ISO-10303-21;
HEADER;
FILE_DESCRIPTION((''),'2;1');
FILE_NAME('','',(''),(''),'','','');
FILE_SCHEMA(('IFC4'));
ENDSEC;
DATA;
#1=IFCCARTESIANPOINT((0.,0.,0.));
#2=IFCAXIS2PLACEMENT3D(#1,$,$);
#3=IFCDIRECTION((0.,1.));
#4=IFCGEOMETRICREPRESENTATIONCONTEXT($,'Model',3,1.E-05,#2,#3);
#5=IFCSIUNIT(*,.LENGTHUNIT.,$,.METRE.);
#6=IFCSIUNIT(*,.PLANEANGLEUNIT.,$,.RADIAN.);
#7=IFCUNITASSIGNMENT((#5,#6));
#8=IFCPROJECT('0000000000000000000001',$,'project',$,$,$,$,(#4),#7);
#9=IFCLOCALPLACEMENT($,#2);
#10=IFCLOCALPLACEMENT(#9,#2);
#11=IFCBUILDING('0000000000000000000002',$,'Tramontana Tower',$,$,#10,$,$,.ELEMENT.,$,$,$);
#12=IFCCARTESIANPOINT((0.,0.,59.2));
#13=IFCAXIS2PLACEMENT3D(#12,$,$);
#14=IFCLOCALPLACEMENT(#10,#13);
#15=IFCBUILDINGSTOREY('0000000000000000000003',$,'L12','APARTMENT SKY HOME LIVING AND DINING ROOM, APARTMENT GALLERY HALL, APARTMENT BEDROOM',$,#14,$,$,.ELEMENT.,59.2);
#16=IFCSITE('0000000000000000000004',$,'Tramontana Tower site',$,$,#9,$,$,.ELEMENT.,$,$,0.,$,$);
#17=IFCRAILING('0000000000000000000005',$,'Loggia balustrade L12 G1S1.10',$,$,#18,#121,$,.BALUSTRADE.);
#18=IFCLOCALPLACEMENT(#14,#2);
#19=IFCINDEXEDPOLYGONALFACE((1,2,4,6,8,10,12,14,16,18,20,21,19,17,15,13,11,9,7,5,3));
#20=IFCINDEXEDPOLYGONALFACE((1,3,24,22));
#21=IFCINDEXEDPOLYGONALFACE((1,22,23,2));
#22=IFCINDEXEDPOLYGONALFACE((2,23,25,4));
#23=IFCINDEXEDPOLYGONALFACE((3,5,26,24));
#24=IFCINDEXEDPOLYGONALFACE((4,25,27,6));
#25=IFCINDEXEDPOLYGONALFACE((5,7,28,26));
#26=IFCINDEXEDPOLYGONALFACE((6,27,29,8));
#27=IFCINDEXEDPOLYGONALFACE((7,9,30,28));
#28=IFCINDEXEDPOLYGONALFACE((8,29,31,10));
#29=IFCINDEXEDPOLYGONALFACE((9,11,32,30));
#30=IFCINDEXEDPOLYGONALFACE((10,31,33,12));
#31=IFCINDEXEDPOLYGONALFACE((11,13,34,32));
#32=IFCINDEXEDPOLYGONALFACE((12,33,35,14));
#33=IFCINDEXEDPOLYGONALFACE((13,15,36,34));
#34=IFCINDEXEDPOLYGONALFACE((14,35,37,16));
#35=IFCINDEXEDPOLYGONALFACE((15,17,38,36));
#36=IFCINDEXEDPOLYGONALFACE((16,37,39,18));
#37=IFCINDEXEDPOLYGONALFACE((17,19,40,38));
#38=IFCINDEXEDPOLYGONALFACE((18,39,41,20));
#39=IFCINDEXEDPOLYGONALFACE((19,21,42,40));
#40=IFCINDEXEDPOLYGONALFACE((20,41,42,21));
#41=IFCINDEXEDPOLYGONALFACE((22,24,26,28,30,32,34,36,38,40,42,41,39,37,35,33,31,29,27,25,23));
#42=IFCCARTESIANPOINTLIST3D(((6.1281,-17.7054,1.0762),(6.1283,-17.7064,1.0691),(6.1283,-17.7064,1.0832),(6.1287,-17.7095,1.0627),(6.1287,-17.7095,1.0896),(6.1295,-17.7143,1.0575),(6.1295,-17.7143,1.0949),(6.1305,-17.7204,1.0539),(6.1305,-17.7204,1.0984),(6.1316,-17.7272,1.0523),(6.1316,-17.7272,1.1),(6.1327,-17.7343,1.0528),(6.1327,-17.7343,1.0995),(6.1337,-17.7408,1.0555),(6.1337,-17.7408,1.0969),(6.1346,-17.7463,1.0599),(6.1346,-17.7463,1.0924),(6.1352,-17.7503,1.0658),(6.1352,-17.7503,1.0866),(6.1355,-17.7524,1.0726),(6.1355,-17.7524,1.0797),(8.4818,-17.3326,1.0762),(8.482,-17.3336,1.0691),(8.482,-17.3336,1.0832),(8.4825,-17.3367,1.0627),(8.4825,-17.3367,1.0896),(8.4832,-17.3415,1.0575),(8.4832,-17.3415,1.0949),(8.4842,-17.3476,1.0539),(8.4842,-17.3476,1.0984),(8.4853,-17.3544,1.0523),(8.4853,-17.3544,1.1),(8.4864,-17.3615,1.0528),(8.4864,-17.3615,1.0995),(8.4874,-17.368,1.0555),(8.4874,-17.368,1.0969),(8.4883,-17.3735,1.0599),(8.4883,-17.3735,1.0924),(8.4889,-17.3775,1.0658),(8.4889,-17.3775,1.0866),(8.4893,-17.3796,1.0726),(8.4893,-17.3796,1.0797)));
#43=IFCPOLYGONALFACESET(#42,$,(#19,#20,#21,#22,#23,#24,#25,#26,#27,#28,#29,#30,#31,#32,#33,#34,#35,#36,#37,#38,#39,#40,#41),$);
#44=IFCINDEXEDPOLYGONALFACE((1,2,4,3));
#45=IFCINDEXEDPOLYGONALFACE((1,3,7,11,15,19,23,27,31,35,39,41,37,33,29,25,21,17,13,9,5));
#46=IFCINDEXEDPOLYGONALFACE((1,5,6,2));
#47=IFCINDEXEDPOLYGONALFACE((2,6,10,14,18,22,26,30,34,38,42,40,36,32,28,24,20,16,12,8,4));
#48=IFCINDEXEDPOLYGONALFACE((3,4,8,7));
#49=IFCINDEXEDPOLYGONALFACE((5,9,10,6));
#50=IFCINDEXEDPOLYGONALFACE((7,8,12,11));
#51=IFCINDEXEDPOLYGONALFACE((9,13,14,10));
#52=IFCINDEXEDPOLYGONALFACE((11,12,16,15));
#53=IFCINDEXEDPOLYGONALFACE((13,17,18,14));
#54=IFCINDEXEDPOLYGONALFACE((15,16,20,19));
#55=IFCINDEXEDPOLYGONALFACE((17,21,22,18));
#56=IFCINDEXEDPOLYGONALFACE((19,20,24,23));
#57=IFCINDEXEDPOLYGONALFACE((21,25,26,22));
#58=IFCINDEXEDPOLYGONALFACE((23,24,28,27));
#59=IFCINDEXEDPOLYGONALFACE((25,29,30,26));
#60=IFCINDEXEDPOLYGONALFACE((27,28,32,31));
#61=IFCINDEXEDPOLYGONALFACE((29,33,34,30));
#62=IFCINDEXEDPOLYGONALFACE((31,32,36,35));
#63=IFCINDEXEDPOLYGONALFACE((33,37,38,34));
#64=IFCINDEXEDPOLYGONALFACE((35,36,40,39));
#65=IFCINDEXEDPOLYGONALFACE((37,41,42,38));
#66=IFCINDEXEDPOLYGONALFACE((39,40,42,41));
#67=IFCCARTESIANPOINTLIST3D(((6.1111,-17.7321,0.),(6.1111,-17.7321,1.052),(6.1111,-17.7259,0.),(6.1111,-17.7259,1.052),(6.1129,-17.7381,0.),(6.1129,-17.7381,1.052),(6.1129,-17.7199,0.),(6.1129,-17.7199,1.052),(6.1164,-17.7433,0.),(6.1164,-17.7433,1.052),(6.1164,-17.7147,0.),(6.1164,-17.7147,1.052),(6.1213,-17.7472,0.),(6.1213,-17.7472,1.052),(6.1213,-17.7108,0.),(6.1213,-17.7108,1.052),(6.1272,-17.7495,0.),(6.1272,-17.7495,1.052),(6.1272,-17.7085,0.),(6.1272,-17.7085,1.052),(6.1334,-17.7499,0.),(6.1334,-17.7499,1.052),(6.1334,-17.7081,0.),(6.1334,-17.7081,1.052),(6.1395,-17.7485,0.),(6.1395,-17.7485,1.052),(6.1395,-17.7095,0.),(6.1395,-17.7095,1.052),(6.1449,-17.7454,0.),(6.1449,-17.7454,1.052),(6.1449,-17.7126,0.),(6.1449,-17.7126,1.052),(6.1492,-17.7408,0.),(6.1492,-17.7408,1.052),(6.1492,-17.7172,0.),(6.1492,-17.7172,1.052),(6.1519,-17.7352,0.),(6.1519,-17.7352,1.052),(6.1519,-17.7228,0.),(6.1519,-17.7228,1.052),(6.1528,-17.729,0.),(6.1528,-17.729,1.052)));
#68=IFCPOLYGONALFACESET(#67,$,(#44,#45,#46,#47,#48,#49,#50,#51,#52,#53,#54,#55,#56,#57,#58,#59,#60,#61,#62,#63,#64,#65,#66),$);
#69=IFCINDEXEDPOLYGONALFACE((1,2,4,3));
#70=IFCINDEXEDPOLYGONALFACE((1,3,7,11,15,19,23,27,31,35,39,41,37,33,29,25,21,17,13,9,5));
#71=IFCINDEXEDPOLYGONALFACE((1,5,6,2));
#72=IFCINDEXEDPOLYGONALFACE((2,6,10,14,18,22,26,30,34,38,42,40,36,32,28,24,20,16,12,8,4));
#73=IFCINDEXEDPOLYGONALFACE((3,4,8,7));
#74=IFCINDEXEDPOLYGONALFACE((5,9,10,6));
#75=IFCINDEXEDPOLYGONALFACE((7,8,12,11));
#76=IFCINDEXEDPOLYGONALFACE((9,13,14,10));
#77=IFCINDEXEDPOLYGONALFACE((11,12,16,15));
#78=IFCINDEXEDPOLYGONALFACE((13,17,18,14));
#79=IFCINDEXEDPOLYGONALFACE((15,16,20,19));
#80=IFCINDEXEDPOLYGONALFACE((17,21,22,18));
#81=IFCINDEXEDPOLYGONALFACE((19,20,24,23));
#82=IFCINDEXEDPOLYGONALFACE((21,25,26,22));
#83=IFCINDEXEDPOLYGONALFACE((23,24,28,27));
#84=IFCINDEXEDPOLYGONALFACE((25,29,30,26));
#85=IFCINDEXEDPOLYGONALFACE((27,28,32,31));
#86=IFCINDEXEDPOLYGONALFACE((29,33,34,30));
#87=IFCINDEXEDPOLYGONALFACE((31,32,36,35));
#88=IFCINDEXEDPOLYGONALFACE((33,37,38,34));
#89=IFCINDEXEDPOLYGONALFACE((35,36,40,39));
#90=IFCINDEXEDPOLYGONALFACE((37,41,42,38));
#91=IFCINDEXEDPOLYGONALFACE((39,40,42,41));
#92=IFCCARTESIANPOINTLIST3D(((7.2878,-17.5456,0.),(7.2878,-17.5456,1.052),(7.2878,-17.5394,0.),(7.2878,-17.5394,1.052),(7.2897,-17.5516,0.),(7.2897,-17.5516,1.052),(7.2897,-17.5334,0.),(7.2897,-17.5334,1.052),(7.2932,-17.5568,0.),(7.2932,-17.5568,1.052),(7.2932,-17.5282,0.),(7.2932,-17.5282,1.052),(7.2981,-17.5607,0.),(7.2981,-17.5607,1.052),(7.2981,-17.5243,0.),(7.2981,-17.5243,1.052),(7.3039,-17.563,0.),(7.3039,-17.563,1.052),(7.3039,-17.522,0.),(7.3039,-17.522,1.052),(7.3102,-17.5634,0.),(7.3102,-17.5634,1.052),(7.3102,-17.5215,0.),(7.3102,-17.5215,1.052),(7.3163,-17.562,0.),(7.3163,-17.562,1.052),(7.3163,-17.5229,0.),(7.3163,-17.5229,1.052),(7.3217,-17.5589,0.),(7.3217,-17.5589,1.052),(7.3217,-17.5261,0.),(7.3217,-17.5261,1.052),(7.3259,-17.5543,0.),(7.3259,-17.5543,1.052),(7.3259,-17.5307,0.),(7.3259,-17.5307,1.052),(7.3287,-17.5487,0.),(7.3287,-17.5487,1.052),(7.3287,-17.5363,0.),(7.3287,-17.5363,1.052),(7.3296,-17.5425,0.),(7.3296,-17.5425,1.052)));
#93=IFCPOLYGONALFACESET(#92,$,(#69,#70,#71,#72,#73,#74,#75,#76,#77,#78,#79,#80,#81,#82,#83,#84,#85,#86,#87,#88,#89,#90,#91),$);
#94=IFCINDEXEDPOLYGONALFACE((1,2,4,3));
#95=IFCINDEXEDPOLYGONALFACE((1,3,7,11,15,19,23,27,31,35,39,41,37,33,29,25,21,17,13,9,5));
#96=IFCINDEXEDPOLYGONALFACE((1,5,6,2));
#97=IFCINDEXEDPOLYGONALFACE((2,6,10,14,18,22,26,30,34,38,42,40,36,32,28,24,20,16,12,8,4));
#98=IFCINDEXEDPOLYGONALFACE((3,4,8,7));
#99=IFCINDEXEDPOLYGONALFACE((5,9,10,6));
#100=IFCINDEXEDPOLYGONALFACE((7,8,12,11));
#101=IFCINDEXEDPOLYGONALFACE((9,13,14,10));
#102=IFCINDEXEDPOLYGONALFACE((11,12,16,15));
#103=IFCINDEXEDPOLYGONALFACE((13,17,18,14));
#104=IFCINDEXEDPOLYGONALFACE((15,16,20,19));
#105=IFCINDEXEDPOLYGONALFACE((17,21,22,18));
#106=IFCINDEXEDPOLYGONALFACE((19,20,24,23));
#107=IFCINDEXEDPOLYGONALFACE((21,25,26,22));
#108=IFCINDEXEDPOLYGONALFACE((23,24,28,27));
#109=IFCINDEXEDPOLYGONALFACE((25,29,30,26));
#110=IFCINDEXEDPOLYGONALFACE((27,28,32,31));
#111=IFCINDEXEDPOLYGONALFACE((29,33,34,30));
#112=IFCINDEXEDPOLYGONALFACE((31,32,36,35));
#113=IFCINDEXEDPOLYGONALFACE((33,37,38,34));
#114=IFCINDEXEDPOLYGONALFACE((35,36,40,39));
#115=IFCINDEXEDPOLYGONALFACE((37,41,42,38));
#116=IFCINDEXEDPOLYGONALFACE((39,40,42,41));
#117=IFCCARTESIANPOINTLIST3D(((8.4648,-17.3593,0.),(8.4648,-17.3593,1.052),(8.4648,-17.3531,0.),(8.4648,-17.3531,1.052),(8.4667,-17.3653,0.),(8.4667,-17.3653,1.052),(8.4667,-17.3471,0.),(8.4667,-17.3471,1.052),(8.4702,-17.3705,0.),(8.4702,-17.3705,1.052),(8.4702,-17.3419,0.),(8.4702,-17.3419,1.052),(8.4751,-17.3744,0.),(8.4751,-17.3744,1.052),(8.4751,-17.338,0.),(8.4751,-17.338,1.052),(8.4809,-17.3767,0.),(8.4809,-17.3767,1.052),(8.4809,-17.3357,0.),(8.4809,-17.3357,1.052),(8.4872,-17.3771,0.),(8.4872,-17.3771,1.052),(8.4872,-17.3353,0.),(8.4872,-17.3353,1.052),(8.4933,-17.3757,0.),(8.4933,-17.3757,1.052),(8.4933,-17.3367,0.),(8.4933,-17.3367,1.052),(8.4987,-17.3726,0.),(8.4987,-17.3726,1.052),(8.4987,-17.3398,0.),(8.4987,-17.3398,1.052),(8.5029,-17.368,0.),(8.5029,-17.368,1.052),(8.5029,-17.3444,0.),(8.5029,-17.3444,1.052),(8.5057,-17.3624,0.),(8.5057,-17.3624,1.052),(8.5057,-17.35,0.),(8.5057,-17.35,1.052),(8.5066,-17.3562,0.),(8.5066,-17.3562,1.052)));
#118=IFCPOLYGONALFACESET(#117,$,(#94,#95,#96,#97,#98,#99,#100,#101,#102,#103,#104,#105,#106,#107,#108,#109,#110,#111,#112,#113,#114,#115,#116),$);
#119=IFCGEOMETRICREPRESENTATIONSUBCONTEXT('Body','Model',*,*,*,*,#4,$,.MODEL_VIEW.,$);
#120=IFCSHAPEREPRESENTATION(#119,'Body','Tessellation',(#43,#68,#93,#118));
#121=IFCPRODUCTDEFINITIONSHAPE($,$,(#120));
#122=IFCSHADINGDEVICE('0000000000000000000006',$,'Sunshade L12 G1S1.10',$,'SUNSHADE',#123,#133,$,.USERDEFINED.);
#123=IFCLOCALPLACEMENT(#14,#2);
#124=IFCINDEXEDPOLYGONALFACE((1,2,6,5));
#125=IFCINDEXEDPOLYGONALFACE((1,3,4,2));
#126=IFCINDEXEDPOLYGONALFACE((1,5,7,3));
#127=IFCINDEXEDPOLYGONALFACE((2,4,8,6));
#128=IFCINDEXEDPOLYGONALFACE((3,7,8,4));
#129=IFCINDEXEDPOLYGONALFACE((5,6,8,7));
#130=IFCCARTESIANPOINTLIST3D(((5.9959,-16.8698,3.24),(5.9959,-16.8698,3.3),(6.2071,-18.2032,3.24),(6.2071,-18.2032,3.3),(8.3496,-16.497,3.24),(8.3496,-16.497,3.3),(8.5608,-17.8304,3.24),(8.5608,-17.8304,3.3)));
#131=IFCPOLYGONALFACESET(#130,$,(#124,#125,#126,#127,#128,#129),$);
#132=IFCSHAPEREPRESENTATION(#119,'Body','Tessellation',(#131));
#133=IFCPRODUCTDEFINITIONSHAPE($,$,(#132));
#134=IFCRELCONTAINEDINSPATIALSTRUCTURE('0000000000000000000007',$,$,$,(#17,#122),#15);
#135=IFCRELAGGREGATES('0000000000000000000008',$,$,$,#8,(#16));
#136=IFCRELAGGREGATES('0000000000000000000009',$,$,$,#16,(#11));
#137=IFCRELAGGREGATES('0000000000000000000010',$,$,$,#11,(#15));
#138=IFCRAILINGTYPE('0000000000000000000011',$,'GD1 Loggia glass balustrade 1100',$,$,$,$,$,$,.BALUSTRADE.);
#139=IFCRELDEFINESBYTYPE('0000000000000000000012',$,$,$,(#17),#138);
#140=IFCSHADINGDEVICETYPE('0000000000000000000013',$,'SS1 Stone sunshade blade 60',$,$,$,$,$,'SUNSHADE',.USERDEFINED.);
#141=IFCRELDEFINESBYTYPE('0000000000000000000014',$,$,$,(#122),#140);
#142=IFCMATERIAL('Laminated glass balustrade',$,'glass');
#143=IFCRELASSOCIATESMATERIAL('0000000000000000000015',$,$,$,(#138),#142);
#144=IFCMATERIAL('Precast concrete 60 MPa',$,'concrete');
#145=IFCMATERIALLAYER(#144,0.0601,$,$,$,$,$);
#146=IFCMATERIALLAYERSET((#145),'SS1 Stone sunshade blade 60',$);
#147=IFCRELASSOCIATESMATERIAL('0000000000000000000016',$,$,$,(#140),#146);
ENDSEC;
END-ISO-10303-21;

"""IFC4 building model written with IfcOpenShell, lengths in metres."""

from ifc_helpers import new_model, si_unit, direction, frame, origin, origin_2d, place, context, subcontext, project, spatial, rectangle, circle, extrude, material, layer, layer_set, type_object, element, save


model = new_model("IFC4")

# Units and contexts
model_context = context("Model", 3, precision=1e-05, world=origin(), true_north=direction((0.0, 1.0)))
body_context = subcontext(model_context, "Body", "Model", "MODEL_VIEW")
ifc_project = project(units=[si_unit("LENGTHUNIT", "METRE"), si_unit("PLANEANGLEUNIT", "RADIAN")], contexts=[model_context])

# Site, building, storey
site_placement = place(None, origin())
site = spatial("IfcSite", under=ifc_project, at=site_placement, Name="Tramontana Tower site", CompositionType="ELEMENT", RefElevation=0.0)
building_placement = place(site_placement, origin())
building = spatial("IfcBuilding", under=site, at=building_placement, Name="Tramontana Tower", CompositionType="ELEMENT")
storey_placement = place(building_placement, frame((0.0, 0.0, 59.2)))
storey = spatial("IfcBuildingStorey", under=building, at=storey_placement, Name="L12", Description="APARTMENT SKY HOME LIVING AND DINING ROOM, APARTMENT GALLERY HALL, APARTMENT BEDROOM", CompositionType="ELEMENT", Elevation=59.2)

# Railing
ifc_material_1 = material(Name="Laminated glass balustrade", Category="glass")
railing_type = type_object("IfcRailingType", Name="GD1 Loggia glass balustrade 1100", PredefinedType="BALUSTRADE", material=ifc_material_1)
railing_placement = place(storey_placement, frame((6.1318, -17.729, 0.0)))
element("IfcRailing", 1, at=railing_placement, inside=storey, type_object=railing_type, Name="Loggia balustrade L12 G1S1.10", PredefinedType="BALUSTRADE", context=body_context, shape_type="SweptSolid", body=[
    extrude(circle(Radius=0.0239, at=origin_2d()), frame((0.0, 0.0, 1.0762), z_axis=(0.987688, 0.156436, 0.0), x_axis=(-0.156436, 0.987688, 0.0)), (0.0, 0.0, 1.0), 2.3831),
    extrude(circle(Radius=0.021, at=origin_2d()), origin(), (0.0, 0.0, 1.0), 1.052),
    extrude(circle(Radius=0.021, at=origin_2d()), frame((1.1768, 0.1865, 0.0)), (0.0, 0.0, 1.0), 1.052),
    extrude(circle(Radius=0.021, at=origin_2d()), frame((2.3538, 0.3728, 0.0)), (0.0, 0.0, 1.0), 1.052),
])

# Shading device
ifc_material_2 = material(Name="Precast concrete 60 MPa", Category="concrete")
ifc_layer_1 = layer(ifc_material_2, 0.0601)
ifc_layer_set_1 = layer_set([ifc_layer_1], Name="SS1 Stone sunshade blade 60")
shading_device_type = type_object("IfcShadingDeviceType", Name="SS1 Stone sunshade blade 60", ElementType="SUNSHADE", PredefinedType="USERDEFINED", material=ifc_layer_set_1)
shading_device_placement = place(storey_placement, frame((7.2783, -17.3501, 3.24), z_axis=(0.0, 0.0, 1.0), x_axis=(0.987688, 0.156434, 0.0)))
element("IfcShadingDevice", 2, at=shading_device_placement, inside=storey, type_object=shading_device_type, Name="Sunshade L12 G1S1.10", ObjectType="SUNSHADE", PredefinedType="USERDEFINED", context=body_context, shape_type="SweptSolid", body=[
    extrude(rectangle(XDim=2.3831, YDim=1.3501, at=origin_2d()), origin(), (0.0, 0.0, 1.0), 0.0601),
])

save(model, "model.ifc")
